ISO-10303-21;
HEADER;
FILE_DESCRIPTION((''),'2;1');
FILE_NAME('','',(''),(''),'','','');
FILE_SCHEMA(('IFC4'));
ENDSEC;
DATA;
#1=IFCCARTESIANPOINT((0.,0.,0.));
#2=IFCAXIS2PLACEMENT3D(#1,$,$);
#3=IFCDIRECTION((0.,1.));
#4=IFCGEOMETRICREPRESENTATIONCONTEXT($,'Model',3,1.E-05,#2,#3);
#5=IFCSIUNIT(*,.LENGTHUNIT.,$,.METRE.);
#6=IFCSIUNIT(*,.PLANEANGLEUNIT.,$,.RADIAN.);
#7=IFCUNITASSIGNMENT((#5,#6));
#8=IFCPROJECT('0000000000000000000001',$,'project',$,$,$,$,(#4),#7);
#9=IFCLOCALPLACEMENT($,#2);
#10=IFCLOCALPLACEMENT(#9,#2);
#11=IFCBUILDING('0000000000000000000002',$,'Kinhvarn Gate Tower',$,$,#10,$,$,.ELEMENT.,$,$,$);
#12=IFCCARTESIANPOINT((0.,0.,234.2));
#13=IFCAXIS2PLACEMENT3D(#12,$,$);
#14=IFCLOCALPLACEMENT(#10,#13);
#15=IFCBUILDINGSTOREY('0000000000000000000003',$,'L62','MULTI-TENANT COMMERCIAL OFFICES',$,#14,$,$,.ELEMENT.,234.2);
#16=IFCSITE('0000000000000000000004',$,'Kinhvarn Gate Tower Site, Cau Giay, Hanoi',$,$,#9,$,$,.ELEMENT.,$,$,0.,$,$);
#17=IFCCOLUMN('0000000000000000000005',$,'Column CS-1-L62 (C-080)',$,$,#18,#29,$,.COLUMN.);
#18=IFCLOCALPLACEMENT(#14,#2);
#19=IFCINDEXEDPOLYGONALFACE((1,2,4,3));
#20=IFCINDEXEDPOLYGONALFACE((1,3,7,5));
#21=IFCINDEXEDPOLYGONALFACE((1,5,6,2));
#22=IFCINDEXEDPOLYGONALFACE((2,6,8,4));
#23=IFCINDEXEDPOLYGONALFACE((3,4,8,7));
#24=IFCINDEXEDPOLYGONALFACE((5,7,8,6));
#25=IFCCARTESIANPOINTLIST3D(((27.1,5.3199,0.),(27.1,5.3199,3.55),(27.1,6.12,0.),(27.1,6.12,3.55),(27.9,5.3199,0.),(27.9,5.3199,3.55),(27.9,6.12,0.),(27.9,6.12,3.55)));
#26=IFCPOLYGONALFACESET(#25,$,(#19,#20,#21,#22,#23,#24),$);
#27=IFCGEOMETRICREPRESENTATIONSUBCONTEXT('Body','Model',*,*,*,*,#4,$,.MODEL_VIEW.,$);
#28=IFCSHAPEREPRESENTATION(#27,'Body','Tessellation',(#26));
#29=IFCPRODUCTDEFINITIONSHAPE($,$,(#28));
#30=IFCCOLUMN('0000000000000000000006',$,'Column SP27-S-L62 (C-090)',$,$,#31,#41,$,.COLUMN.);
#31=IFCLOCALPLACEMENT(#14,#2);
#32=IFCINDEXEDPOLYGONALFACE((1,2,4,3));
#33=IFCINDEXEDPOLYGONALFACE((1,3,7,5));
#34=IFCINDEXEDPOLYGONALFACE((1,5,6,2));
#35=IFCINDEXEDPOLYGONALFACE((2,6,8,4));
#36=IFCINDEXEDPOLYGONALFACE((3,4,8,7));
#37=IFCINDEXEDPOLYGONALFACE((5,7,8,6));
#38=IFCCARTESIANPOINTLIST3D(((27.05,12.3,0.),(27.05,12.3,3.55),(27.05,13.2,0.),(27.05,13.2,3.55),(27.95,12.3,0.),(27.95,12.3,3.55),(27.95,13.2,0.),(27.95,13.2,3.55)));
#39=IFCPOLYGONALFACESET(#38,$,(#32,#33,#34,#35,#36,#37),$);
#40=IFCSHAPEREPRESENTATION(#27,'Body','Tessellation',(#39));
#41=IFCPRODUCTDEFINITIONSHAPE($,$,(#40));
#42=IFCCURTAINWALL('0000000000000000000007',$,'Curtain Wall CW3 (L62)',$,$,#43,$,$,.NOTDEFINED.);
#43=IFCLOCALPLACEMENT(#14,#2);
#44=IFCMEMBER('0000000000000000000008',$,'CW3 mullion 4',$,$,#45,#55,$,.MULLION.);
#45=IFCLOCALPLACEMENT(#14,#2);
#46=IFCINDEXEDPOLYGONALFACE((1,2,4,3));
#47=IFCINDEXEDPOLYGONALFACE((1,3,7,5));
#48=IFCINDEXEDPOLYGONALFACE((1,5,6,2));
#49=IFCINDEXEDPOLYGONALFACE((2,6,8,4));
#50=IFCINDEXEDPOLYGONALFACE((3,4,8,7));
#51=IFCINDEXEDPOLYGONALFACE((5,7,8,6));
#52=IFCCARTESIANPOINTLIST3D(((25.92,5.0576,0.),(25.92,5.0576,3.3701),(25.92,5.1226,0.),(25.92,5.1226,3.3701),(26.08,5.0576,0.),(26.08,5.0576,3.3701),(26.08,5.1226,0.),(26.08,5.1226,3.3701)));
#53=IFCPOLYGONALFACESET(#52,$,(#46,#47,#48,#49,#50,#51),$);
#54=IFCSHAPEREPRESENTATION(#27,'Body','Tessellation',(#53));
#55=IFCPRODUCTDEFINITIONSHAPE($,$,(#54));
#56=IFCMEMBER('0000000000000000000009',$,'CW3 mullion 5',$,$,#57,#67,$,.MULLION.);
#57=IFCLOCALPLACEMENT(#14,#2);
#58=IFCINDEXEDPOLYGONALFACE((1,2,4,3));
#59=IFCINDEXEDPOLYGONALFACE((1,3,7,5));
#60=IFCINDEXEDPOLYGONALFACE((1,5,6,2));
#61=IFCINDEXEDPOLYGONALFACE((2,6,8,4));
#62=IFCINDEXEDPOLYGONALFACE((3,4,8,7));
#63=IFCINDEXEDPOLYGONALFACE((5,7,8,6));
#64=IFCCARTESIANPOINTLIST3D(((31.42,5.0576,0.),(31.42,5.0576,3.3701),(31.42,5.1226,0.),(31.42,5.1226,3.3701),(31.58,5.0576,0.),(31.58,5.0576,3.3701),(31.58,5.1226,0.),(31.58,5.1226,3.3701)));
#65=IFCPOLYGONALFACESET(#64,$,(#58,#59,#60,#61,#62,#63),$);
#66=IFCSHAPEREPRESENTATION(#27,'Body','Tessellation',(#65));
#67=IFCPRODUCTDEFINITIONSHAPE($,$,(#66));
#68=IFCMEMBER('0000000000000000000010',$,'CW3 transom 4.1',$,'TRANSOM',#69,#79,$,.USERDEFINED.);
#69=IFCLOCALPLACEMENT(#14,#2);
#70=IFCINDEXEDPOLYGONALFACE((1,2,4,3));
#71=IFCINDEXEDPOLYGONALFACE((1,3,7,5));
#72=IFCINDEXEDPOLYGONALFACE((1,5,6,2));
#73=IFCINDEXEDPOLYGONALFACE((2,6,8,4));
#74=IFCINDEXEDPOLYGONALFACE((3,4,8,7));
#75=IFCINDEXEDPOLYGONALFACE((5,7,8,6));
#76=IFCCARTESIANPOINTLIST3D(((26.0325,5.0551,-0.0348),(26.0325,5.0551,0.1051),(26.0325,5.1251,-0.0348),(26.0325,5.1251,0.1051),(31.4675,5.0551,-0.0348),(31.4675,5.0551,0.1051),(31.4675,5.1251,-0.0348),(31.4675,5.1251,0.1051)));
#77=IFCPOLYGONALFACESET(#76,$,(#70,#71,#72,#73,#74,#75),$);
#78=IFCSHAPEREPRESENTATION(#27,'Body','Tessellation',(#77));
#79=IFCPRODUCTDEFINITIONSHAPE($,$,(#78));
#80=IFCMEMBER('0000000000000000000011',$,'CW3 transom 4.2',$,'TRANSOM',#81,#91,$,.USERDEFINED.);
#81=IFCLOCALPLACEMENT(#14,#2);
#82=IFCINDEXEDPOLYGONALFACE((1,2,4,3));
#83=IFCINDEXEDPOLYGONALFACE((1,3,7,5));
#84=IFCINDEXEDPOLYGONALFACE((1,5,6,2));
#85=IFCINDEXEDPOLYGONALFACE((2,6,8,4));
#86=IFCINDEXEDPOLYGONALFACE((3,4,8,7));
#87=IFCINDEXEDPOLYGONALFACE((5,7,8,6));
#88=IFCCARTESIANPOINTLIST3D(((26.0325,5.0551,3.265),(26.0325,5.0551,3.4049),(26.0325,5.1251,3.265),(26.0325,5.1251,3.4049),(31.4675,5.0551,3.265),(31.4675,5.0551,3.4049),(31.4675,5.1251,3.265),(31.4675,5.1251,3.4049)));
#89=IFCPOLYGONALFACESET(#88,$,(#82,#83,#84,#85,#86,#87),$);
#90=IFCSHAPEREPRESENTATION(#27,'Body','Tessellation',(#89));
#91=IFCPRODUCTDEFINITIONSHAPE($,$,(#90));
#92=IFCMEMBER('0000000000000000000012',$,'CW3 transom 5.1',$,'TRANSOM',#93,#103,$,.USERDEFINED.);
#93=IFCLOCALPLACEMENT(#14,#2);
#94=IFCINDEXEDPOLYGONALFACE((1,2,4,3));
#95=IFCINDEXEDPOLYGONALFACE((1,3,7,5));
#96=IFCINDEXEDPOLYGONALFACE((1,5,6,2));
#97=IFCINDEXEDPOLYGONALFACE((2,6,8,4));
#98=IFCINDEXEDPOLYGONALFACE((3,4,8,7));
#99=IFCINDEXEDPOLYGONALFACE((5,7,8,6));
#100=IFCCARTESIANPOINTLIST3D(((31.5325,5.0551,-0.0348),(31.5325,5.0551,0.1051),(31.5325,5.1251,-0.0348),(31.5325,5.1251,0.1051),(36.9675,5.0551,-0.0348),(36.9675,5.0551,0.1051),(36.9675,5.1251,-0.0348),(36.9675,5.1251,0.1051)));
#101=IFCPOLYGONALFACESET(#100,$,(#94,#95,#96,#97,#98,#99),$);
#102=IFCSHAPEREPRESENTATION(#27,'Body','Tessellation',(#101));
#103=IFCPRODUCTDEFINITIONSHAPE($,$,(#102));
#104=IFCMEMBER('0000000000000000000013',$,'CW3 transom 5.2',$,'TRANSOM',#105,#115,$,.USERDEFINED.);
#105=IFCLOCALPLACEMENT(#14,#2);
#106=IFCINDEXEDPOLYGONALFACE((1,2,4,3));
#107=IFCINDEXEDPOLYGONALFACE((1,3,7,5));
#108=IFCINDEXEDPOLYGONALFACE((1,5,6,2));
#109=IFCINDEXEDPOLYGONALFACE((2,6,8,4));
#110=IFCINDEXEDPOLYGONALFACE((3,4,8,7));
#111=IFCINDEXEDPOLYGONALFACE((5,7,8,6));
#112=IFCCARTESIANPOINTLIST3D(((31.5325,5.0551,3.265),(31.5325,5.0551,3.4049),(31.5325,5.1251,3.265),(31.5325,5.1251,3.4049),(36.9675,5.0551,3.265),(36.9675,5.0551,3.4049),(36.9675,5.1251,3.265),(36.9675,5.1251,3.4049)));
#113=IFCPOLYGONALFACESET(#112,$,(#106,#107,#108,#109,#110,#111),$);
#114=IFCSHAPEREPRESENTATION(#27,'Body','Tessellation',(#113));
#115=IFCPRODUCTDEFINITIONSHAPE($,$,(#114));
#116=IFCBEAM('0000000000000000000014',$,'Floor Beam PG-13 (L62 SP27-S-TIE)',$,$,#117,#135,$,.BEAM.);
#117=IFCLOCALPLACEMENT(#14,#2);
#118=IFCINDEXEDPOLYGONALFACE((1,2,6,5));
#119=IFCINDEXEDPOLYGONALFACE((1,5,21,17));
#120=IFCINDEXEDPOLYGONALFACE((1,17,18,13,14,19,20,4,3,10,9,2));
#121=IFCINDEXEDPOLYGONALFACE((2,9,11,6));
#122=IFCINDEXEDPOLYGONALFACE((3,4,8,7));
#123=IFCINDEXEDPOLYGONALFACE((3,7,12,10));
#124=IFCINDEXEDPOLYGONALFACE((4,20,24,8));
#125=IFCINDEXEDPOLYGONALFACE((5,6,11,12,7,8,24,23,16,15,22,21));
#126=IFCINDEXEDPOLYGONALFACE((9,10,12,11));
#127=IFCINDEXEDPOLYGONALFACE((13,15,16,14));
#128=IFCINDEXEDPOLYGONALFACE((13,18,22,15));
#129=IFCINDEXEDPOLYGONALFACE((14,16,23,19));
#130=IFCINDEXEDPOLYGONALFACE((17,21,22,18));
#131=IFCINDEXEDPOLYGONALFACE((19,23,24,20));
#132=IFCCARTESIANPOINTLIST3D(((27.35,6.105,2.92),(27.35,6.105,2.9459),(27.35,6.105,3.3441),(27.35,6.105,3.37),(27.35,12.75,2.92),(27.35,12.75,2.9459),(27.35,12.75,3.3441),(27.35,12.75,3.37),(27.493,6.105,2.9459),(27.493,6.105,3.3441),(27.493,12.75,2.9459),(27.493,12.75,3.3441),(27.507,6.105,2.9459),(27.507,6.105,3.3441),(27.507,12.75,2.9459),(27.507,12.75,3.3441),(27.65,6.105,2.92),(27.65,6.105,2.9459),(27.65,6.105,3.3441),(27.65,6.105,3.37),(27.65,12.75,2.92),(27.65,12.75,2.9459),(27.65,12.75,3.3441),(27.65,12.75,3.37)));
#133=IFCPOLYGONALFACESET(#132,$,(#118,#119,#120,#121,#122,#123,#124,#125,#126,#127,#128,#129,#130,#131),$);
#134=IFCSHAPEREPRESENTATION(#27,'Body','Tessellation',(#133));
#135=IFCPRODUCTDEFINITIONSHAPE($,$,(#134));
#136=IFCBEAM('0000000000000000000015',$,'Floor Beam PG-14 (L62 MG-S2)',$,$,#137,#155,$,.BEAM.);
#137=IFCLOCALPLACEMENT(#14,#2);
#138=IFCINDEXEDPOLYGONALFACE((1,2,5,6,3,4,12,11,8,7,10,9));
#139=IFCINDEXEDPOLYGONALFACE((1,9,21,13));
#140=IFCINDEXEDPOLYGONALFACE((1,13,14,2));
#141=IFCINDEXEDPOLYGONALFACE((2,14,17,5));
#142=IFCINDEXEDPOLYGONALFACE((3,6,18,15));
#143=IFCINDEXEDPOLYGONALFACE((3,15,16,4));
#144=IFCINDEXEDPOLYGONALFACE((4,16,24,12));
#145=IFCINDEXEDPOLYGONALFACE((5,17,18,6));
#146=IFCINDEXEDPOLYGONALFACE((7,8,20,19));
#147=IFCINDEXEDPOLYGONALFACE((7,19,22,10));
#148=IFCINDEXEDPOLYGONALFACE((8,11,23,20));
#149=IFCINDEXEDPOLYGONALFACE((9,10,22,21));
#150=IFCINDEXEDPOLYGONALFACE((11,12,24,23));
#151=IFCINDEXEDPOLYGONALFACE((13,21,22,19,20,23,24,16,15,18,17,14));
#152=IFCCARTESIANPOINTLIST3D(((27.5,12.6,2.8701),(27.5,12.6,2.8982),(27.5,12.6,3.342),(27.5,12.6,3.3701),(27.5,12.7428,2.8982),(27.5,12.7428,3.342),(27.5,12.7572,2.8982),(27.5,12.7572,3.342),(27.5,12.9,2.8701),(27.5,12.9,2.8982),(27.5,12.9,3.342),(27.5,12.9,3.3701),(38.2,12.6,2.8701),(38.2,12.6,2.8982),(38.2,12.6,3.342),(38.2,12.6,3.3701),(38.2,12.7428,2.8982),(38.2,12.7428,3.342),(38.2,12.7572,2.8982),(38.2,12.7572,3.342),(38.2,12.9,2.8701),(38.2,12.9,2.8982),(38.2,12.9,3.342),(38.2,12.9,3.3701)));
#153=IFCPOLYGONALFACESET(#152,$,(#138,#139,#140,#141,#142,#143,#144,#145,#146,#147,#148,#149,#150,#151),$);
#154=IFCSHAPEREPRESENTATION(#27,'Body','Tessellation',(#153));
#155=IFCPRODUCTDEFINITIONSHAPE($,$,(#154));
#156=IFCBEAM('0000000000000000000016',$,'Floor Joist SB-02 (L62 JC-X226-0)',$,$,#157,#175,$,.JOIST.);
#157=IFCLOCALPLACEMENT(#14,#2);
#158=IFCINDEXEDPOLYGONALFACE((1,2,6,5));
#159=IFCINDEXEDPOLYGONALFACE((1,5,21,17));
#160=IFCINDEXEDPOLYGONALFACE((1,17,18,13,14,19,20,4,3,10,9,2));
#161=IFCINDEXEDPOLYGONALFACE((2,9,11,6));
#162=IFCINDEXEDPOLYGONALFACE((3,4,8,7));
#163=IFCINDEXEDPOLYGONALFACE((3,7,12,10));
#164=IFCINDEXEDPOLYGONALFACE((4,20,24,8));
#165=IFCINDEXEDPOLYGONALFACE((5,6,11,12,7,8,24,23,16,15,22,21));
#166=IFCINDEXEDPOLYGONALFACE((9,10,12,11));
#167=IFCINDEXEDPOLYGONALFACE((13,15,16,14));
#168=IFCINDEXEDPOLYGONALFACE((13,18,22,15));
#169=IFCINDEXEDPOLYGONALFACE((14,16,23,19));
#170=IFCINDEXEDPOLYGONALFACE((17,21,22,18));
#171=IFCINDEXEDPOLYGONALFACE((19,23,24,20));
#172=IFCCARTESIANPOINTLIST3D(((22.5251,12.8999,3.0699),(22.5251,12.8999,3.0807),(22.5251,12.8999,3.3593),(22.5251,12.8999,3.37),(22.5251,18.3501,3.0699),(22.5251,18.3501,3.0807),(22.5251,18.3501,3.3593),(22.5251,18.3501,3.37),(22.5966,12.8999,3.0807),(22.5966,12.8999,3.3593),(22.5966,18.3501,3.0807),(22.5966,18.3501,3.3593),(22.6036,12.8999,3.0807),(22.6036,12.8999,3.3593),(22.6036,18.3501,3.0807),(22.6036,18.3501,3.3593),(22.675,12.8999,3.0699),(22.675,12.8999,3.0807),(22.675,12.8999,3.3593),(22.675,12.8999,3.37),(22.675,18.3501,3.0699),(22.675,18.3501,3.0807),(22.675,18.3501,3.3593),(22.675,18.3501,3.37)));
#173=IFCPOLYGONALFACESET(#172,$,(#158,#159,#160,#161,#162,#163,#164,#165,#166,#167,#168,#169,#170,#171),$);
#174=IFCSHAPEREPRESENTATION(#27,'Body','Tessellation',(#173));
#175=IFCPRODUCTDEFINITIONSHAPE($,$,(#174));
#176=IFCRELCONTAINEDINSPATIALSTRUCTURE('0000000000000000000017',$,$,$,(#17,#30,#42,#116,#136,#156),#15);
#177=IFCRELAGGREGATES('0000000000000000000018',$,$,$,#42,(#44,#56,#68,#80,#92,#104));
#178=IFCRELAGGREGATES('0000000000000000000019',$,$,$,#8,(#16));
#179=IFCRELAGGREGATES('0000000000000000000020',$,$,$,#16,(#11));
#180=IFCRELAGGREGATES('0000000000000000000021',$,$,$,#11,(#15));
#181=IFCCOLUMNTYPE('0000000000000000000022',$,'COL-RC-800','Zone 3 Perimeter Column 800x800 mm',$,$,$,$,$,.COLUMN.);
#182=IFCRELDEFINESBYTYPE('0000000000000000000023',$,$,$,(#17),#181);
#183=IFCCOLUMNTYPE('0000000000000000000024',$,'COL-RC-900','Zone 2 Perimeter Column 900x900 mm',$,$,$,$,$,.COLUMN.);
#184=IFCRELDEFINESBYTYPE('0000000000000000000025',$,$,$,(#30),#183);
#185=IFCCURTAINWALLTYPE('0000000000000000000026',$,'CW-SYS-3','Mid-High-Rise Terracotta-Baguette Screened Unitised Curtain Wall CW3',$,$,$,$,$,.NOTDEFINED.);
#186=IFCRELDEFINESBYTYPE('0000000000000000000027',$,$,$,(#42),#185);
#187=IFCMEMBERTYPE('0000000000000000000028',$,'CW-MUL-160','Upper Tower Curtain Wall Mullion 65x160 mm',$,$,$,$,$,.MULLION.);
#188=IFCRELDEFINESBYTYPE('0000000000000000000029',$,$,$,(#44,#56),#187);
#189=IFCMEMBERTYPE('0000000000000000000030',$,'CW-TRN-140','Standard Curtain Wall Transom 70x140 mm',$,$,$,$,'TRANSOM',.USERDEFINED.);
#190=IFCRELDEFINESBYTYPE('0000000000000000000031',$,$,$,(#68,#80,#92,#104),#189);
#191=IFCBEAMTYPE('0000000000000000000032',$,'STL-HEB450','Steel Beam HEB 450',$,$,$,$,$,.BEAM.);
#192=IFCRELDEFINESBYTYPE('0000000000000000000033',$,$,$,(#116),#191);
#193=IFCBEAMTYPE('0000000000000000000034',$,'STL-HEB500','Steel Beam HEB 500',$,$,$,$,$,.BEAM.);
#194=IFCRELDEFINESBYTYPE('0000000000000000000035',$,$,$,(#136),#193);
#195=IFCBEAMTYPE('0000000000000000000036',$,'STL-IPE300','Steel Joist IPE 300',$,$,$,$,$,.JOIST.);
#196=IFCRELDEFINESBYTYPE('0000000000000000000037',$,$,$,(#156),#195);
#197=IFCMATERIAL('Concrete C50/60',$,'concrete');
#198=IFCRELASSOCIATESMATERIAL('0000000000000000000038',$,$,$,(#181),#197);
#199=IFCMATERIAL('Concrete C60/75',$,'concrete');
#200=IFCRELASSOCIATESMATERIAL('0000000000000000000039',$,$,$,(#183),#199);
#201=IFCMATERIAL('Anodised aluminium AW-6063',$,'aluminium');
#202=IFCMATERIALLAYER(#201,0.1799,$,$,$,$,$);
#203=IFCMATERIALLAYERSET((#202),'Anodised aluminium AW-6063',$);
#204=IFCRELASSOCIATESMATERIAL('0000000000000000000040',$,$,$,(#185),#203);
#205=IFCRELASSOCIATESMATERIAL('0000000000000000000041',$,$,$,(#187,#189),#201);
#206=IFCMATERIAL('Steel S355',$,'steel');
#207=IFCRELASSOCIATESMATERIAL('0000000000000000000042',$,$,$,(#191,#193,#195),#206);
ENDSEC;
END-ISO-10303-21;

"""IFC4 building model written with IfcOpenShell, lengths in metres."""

from ifc_helpers import new_model, si_unit, direction, frame, origin, origin_2d, place, context, subcontext, project, spatial, rectangle, i_section, extrude, material, layer, layer_set, material_profile, profile_set, type_object, element, aggregate, save


model = new_model("IFC4")

# Units and contexts
model_context = context("Model", 3, precision=1e-05, world=origin(), true_north=direction((0.0, 1.0)))
body_context = subcontext(model_context, "Body", "Model", "MODEL_VIEW")
ifc_project = project(units=[si_unit("LENGTHUNIT", "METRE"), si_unit("PLANEANGLEUNIT", "RADIAN")], contexts=[model_context])

# Site, building, storey
site_placement = place(None, origin())
site = spatial("IfcSite", under=ifc_project, at=site_placement, Name="Kinhvarn Gate Tower Site, Cau Giay, Hanoi", CompositionType="ELEMENT", RefElevation=0.0)
building_placement = place(site_placement, origin())
building = spatial("IfcBuilding", under=site, at=building_placement, Name="Kinhvarn Gate Tower", CompositionType="ELEMENT")
storey_placement = place(building_placement, frame((0.0, 0.0, 234.2)))
storey = spatial("IfcBuildingStorey", under=building, at=storey_placement, Name="L62", Description="MULTI-TENANT COMMERCIAL OFFICES", CompositionType="ELEMENT", Elevation=234.2)

# Columns
ifc_material_1 = material(Name="Concrete C50/60", Category="concrete")
ifc_material_profile_1 = material_profile(ifc_material_1, rectangle(XDim=0.8, YDim=0.8, at=origin_2d()), Name="RC 800x800")
ifc_profile_set_1 = profile_set([ifc_material_profile_1], Name="Concrete C50/60")
column_type_1 = type_object("IfcColumnType", Name="COL-RC-800", Description="Zone 3 Perimeter Column 800x800 mm", PredefinedType="COLUMN", material=ifc_profile_set_1)
column_1_placement = place(storey_placement, frame((27.5, 5.72, 0.0), z_axis=(0.0, 0.0, 1.0), x_axis=(1.0, 0.0, 0.0)))
element("IfcColumn", 1, at=column_1_placement, inside=storey, type_object=column_type_1, Name="Column CS-1-L62 (C-080)", PredefinedType="COLUMN", context=body_context, shape_type="SweptSolid", body=[
    extrude(rectangle(XDim=0.8, YDim=0.8, at=origin_2d()), origin(), (0.0, 0.0, 1.0), 3.55),
])
ifc_material_2 = material(Name="Concrete C60/75", Category="concrete")
ifc_material_profile_2 = material_profile(ifc_material_2, rectangle(XDim=0.8999, YDim=0.8999, at=origin_2d()), Name="RC 900x900")
ifc_profile_set_2 = profile_set([ifc_material_profile_2], Name="Concrete C60/75")
column_type_2 = type_object("IfcColumnType", Name="COL-RC-900", Description="Zone 2 Perimeter Column 900x900 mm", PredefinedType="COLUMN", material=ifc_profile_set_2)
column_2_placement = place(storey_placement, frame((27.5, 12.75, 0.0), z_axis=(0.0, 0.0, 1.0), x_axis=(1.0, 0.0, 0.0)))
element("IfcColumn", 2, at=column_2_placement, inside=storey, type_object=column_type_2, Name="Column SP27-S-L62 (C-090)", PredefinedType="COLUMN", context=body_context, shape_type="SweptSolid", body=[
    extrude(rectangle(XDim=0.8999, YDim=0.8999, at=origin_2d()), origin(), (0.0, 0.0, 1.0), 3.55),
])

# Curtain wall, members
ifc_material_3 = material(Name="Anodised aluminium AW-6063", Category="aluminium")
ifc_layer_1 = layer(ifc_material_3, 0.1799)
ifc_layer_set_1 = layer_set([ifc_layer_1], Name="Anodised aluminium AW-6063")
curtain_wall_type = type_object("IfcCurtainWallType", Name="CW-SYS-3", Description="Mid-High-Rise Terracotta-Baguette Screened Unitised Curtain Wall CW3", PredefinedType="NOTDEFINED", material=ifc_layer_set_1)
curtain_wall_placement = place(storey_placement, origin())
curtain_wall = element("IfcCurtainWall", 3, at=curtain_wall_placement, inside=storey, type_object=curtain_wall_type, Name="Curtain Wall CW3 (L62)", PredefinedType="NOTDEFINED")
ifc_material_profile_3 = material_profile(ifc_material_3, rectangle(XDim=0.0649, YDim=0.1599, at=origin_2d()), Name="ALU 65x160")
ifc_profile_set_3 = profile_set([ifc_material_profile_3], Name="Anodised aluminium AW-6063")
member_type_1 = type_object("IfcMemberType", Name="CW-MUL-160", Description="Upper Tower Curtain Wall Mullion 65x160 mm", PredefinedType="MULLION", material=ifc_profile_set_3)
member_1_placement = place(storey_placement, frame((26.0, 5.0901, 0.0), z_axis=(0.0, 0.0, 1.0), x_axis=(0.0, 1.0, 0.0)))
member_1 = element("IfcMember", 4, at=member_1_placement, type_object=member_type_1, Name="CW3 mullion 4", PredefinedType="MULLION", context=body_context, shape_type="SweptSolid", body=[
    extrude(rectangle(XDim=0.0649, YDim=0.1599, at=origin_2d()), origin(), (0.0, 0.0, 1.0), 3.3701),
])
member_2_placement = place(storey_placement, frame((31.5, 5.0901, 0.0), z_axis=(0.0, 0.0, 1.0), x_axis=(0.0, 1.0, 0.0)))
member_2 = element("IfcMember", 5, at=member_2_placement, type_object=member_type_1, Name="CW3 mullion 5", PredefinedType="MULLION", context=body_context, shape_type="SweptSolid", body=[
    extrude(rectangle(XDim=0.0649, YDim=0.1599, at=origin_2d()), origin(), (0.0, 0.0, 1.0), 3.3701),
])
ifc_material_profile_4 = material_profile(ifc_material_3, rectangle(XDim=0.0701, YDim=0.1399, at=origin_2d()), Name="ALU 70x140")
ifc_profile_set_4 = profile_set([ifc_material_profile_4], Name="Anodised aluminium AW-6063")
member_type_2 = type_object("IfcMemberType", Name="CW-TRN-140", Description="Standard Curtain Wall Transom 70x140 mm", ElementType="TRANSOM", PredefinedType="USERDEFINED", material=ifc_profile_set_4)
member_3_placement = place(storey_placement, frame((26.0325, 5.0901, 0.0352), z_axis=(1.0, 0.0, 0.0), x_axis=(0.0, 1.0, 0.0)))
member_3 = element("IfcMember", 6, at=member_3_placement, type_object=member_type_2, Name="CW3 transom 4.1", ObjectType="TRANSOM", PredefinedType="USERDEFINED", context=body_context, shape_type="SweptSolid", body=[
    extrude(rectangle(XDim=0.0701, YDim=0.1399, at=origin_2d()), origin(), (0.0, 0.0, 1.0), 5.4351),
])
member_4_placement = place(storey_placement, frame((26.0325, 5.0901, 3.335), z_axis=(1.0, 0.0, 0.0), x_axis=(0.0, 1.0, 0.0)))
member_4 = element("IfcMember", 7, at=member_4_placement, type_object=member_type_2, Name="CW3 transom 4.2", ObjectType="TRANSOM", PredefinedType="USERDEFINED", context=body_context, shape_type="SweptSolid", body=[
    extrude(rectangle(XDim=0.0701, YDim=0.1399, at=origin_2d()), origin(), (0.0, 0.0, 1.0), 5.4351),
])
member_5_placement = place(storey_placement, frame((31.5325, 5.0901, 0.0352), z_axis=(1.0, 0.0, 0.0), x_axis=(0.0, 1.0, 0.0)))
member_5 = element("IfcMember", 8, at=member_5_placement, type_object=member_type_2, Name="CW3 transom 5.1", ObjectType="TRANSOM", PredefinedType="USERDEFINED", context=body_context, shape_type="SweptSolid", body=[
    extrude(rectangle(XDim=0.0701, YDim=0.1399, at=origin_2d()), origin(), (0.0, 0.0, 1.0), 5.4351),
])
member_6_placement = place(storey_placement, frame((31.5325, 5.0901, 3.335), z_axis=(1.0, 0.0, 0.0), x_axis=(0.0, 1.0, 0.0)))
member_6 = element("IfcMember", 9, at=member_6_placement, type_object=member_type_2, Name="CW3 transom 5.2", ObjectType="TRANSOM", PredefinedType="USERDEFINED", context=body_context, shape_type="SweptSolid", body=[
    extrude(rectangle(XDim=0.0701, YDim=0.1399, at=origin_2d()), origin(), (0.0, 0.0, 1.0), 5.4351),
])

# Beams
ifc_material_4 = material(Name="Steel S355", Category="steel")
ifc_material_profile_5 = material_profile(ifc_material_4, i_section(OverallWidth=0.3, OverallDepth=0.45, WebThickness=0.0139, FlangeThickness=0.0259, at=origin_2d()), Name="HEB 450")
ifc_profile_set_5 = profile_set([ifc_material_profile_5], Name="Steel S355")
beam_type_1 = type_object("IfcBeamType", Name="STL-HEB450", Description="Steel Beam HEB 450", PredefinedType="BEAM", material=ifc_profile_set_5)
beam_1_placement = place(storey_placement, frame((27.5, 6.105, 3.145), z_axis=(0.0, 1.0, 0.0), x_axis=(-1.0, 0.0, 0.0)))
element("IfcBeam", 10, at=beam_1_placement, inside=storey, type_object=beam_type_1, Name="Floor Beam PG-13 (L62 SP27-S-TIE)", PredefinedType="BEAM", context=body_context, shape_type="SweptSolid", body=[
    extrude(i_section(OverallWidth=0.3, OverallDepth=0.45, WebThickness=0.0139, FlangeThickness=0.0259, at=origin_2d()), origin(), (0.0, 0.0, 1.0), 6.645),
])
ifc_material_profile_6 = material_profile(ifc_material_4, i_section(OverallWidth=0.3, OverallDepth=0.5, WebThickness=0.0144, FlangeThickness=0.0281, at=origin_2d()), Name="HEB 500")
ifc_profile_set_6 = profile_set([ifc_material_profile_6], Name="Steel S355")
beam_type_2 = type_object("IfcBeamType", Name="STL-HEB500", Description="Steel Beam HEB 500", PredefinedType="BEAM", material=ifc_profile_set_6)
beam_2_placement = place(storey_placement, frame((27.5, 12.75, 3.1201), z_axis=(1.0, 0.0, 0.0), x_axis=(0.0, 1.0, 0.0)))
element("IfcBeam", 11, at=beam_2_placement, inside=storey, type_object=beam_type_2, Name="Floor Beam PG-14 (L62 MG-S2)", PredefinedType="BEAM", context=body_context, shape_type="SweptSolid", body=[
    extrude(i_section(OverallWidth=0.3, OverallDepth=0.5, WebThickness=0.0144, FlangeThickness=0.0281, at=origin_2d()), origin(), (0.0, 0.0, 1.0), 10.7),
])
ifc_material_profile_7 = material_profile(ifc_material_4, i_section(OverallWidth=0.1499, OverallDepth=0.3, WebThickness=0.0071, FlangeThickness=0.0107, at=origin_2d()), Name="IPE 300")
ifc_profile_set_7 = profile_set([ifc_material_profile_7], Name="Steel S355")
beam_type_3 = type_object("IfcBeamType", Name="STL-IPE300", Description="Steel Joist IPE 300", PredefinedType="JOIST", material=ifc_profile_set_7)
for number, where, z_axis, x_axis, name in (
    (12, (22.6001, 12.8999, 3.22), (0.0, 1.0, 0.0), (-1.0, 0.0, 0.0), "Floor Joist SB-02 (L62 JC-X226-0)"),
):
    element("IfcBeam", number, at=place(storey_placement, frame(where, z_axis=z_axis, x_axis=x_axis)), inside=storey, type_object=beam_type_3, Name=name, PredefinedType="JOIST", context=body_context, shape_type="SweptSolid", body=[
        extrude(i_section(OverallWidth=0.1499, OverallDepth=0.3, WebThickness=0.0071, FlangeThickness=0.0107, at=origin_2d()), origin(), (0.0, 0.0, 1.0), 5.4502),
    ])

aggregate(curtain_wall, [member_1, member_2, member_3, member_4, member_5, member_6])

save(model, "model.ifc")
